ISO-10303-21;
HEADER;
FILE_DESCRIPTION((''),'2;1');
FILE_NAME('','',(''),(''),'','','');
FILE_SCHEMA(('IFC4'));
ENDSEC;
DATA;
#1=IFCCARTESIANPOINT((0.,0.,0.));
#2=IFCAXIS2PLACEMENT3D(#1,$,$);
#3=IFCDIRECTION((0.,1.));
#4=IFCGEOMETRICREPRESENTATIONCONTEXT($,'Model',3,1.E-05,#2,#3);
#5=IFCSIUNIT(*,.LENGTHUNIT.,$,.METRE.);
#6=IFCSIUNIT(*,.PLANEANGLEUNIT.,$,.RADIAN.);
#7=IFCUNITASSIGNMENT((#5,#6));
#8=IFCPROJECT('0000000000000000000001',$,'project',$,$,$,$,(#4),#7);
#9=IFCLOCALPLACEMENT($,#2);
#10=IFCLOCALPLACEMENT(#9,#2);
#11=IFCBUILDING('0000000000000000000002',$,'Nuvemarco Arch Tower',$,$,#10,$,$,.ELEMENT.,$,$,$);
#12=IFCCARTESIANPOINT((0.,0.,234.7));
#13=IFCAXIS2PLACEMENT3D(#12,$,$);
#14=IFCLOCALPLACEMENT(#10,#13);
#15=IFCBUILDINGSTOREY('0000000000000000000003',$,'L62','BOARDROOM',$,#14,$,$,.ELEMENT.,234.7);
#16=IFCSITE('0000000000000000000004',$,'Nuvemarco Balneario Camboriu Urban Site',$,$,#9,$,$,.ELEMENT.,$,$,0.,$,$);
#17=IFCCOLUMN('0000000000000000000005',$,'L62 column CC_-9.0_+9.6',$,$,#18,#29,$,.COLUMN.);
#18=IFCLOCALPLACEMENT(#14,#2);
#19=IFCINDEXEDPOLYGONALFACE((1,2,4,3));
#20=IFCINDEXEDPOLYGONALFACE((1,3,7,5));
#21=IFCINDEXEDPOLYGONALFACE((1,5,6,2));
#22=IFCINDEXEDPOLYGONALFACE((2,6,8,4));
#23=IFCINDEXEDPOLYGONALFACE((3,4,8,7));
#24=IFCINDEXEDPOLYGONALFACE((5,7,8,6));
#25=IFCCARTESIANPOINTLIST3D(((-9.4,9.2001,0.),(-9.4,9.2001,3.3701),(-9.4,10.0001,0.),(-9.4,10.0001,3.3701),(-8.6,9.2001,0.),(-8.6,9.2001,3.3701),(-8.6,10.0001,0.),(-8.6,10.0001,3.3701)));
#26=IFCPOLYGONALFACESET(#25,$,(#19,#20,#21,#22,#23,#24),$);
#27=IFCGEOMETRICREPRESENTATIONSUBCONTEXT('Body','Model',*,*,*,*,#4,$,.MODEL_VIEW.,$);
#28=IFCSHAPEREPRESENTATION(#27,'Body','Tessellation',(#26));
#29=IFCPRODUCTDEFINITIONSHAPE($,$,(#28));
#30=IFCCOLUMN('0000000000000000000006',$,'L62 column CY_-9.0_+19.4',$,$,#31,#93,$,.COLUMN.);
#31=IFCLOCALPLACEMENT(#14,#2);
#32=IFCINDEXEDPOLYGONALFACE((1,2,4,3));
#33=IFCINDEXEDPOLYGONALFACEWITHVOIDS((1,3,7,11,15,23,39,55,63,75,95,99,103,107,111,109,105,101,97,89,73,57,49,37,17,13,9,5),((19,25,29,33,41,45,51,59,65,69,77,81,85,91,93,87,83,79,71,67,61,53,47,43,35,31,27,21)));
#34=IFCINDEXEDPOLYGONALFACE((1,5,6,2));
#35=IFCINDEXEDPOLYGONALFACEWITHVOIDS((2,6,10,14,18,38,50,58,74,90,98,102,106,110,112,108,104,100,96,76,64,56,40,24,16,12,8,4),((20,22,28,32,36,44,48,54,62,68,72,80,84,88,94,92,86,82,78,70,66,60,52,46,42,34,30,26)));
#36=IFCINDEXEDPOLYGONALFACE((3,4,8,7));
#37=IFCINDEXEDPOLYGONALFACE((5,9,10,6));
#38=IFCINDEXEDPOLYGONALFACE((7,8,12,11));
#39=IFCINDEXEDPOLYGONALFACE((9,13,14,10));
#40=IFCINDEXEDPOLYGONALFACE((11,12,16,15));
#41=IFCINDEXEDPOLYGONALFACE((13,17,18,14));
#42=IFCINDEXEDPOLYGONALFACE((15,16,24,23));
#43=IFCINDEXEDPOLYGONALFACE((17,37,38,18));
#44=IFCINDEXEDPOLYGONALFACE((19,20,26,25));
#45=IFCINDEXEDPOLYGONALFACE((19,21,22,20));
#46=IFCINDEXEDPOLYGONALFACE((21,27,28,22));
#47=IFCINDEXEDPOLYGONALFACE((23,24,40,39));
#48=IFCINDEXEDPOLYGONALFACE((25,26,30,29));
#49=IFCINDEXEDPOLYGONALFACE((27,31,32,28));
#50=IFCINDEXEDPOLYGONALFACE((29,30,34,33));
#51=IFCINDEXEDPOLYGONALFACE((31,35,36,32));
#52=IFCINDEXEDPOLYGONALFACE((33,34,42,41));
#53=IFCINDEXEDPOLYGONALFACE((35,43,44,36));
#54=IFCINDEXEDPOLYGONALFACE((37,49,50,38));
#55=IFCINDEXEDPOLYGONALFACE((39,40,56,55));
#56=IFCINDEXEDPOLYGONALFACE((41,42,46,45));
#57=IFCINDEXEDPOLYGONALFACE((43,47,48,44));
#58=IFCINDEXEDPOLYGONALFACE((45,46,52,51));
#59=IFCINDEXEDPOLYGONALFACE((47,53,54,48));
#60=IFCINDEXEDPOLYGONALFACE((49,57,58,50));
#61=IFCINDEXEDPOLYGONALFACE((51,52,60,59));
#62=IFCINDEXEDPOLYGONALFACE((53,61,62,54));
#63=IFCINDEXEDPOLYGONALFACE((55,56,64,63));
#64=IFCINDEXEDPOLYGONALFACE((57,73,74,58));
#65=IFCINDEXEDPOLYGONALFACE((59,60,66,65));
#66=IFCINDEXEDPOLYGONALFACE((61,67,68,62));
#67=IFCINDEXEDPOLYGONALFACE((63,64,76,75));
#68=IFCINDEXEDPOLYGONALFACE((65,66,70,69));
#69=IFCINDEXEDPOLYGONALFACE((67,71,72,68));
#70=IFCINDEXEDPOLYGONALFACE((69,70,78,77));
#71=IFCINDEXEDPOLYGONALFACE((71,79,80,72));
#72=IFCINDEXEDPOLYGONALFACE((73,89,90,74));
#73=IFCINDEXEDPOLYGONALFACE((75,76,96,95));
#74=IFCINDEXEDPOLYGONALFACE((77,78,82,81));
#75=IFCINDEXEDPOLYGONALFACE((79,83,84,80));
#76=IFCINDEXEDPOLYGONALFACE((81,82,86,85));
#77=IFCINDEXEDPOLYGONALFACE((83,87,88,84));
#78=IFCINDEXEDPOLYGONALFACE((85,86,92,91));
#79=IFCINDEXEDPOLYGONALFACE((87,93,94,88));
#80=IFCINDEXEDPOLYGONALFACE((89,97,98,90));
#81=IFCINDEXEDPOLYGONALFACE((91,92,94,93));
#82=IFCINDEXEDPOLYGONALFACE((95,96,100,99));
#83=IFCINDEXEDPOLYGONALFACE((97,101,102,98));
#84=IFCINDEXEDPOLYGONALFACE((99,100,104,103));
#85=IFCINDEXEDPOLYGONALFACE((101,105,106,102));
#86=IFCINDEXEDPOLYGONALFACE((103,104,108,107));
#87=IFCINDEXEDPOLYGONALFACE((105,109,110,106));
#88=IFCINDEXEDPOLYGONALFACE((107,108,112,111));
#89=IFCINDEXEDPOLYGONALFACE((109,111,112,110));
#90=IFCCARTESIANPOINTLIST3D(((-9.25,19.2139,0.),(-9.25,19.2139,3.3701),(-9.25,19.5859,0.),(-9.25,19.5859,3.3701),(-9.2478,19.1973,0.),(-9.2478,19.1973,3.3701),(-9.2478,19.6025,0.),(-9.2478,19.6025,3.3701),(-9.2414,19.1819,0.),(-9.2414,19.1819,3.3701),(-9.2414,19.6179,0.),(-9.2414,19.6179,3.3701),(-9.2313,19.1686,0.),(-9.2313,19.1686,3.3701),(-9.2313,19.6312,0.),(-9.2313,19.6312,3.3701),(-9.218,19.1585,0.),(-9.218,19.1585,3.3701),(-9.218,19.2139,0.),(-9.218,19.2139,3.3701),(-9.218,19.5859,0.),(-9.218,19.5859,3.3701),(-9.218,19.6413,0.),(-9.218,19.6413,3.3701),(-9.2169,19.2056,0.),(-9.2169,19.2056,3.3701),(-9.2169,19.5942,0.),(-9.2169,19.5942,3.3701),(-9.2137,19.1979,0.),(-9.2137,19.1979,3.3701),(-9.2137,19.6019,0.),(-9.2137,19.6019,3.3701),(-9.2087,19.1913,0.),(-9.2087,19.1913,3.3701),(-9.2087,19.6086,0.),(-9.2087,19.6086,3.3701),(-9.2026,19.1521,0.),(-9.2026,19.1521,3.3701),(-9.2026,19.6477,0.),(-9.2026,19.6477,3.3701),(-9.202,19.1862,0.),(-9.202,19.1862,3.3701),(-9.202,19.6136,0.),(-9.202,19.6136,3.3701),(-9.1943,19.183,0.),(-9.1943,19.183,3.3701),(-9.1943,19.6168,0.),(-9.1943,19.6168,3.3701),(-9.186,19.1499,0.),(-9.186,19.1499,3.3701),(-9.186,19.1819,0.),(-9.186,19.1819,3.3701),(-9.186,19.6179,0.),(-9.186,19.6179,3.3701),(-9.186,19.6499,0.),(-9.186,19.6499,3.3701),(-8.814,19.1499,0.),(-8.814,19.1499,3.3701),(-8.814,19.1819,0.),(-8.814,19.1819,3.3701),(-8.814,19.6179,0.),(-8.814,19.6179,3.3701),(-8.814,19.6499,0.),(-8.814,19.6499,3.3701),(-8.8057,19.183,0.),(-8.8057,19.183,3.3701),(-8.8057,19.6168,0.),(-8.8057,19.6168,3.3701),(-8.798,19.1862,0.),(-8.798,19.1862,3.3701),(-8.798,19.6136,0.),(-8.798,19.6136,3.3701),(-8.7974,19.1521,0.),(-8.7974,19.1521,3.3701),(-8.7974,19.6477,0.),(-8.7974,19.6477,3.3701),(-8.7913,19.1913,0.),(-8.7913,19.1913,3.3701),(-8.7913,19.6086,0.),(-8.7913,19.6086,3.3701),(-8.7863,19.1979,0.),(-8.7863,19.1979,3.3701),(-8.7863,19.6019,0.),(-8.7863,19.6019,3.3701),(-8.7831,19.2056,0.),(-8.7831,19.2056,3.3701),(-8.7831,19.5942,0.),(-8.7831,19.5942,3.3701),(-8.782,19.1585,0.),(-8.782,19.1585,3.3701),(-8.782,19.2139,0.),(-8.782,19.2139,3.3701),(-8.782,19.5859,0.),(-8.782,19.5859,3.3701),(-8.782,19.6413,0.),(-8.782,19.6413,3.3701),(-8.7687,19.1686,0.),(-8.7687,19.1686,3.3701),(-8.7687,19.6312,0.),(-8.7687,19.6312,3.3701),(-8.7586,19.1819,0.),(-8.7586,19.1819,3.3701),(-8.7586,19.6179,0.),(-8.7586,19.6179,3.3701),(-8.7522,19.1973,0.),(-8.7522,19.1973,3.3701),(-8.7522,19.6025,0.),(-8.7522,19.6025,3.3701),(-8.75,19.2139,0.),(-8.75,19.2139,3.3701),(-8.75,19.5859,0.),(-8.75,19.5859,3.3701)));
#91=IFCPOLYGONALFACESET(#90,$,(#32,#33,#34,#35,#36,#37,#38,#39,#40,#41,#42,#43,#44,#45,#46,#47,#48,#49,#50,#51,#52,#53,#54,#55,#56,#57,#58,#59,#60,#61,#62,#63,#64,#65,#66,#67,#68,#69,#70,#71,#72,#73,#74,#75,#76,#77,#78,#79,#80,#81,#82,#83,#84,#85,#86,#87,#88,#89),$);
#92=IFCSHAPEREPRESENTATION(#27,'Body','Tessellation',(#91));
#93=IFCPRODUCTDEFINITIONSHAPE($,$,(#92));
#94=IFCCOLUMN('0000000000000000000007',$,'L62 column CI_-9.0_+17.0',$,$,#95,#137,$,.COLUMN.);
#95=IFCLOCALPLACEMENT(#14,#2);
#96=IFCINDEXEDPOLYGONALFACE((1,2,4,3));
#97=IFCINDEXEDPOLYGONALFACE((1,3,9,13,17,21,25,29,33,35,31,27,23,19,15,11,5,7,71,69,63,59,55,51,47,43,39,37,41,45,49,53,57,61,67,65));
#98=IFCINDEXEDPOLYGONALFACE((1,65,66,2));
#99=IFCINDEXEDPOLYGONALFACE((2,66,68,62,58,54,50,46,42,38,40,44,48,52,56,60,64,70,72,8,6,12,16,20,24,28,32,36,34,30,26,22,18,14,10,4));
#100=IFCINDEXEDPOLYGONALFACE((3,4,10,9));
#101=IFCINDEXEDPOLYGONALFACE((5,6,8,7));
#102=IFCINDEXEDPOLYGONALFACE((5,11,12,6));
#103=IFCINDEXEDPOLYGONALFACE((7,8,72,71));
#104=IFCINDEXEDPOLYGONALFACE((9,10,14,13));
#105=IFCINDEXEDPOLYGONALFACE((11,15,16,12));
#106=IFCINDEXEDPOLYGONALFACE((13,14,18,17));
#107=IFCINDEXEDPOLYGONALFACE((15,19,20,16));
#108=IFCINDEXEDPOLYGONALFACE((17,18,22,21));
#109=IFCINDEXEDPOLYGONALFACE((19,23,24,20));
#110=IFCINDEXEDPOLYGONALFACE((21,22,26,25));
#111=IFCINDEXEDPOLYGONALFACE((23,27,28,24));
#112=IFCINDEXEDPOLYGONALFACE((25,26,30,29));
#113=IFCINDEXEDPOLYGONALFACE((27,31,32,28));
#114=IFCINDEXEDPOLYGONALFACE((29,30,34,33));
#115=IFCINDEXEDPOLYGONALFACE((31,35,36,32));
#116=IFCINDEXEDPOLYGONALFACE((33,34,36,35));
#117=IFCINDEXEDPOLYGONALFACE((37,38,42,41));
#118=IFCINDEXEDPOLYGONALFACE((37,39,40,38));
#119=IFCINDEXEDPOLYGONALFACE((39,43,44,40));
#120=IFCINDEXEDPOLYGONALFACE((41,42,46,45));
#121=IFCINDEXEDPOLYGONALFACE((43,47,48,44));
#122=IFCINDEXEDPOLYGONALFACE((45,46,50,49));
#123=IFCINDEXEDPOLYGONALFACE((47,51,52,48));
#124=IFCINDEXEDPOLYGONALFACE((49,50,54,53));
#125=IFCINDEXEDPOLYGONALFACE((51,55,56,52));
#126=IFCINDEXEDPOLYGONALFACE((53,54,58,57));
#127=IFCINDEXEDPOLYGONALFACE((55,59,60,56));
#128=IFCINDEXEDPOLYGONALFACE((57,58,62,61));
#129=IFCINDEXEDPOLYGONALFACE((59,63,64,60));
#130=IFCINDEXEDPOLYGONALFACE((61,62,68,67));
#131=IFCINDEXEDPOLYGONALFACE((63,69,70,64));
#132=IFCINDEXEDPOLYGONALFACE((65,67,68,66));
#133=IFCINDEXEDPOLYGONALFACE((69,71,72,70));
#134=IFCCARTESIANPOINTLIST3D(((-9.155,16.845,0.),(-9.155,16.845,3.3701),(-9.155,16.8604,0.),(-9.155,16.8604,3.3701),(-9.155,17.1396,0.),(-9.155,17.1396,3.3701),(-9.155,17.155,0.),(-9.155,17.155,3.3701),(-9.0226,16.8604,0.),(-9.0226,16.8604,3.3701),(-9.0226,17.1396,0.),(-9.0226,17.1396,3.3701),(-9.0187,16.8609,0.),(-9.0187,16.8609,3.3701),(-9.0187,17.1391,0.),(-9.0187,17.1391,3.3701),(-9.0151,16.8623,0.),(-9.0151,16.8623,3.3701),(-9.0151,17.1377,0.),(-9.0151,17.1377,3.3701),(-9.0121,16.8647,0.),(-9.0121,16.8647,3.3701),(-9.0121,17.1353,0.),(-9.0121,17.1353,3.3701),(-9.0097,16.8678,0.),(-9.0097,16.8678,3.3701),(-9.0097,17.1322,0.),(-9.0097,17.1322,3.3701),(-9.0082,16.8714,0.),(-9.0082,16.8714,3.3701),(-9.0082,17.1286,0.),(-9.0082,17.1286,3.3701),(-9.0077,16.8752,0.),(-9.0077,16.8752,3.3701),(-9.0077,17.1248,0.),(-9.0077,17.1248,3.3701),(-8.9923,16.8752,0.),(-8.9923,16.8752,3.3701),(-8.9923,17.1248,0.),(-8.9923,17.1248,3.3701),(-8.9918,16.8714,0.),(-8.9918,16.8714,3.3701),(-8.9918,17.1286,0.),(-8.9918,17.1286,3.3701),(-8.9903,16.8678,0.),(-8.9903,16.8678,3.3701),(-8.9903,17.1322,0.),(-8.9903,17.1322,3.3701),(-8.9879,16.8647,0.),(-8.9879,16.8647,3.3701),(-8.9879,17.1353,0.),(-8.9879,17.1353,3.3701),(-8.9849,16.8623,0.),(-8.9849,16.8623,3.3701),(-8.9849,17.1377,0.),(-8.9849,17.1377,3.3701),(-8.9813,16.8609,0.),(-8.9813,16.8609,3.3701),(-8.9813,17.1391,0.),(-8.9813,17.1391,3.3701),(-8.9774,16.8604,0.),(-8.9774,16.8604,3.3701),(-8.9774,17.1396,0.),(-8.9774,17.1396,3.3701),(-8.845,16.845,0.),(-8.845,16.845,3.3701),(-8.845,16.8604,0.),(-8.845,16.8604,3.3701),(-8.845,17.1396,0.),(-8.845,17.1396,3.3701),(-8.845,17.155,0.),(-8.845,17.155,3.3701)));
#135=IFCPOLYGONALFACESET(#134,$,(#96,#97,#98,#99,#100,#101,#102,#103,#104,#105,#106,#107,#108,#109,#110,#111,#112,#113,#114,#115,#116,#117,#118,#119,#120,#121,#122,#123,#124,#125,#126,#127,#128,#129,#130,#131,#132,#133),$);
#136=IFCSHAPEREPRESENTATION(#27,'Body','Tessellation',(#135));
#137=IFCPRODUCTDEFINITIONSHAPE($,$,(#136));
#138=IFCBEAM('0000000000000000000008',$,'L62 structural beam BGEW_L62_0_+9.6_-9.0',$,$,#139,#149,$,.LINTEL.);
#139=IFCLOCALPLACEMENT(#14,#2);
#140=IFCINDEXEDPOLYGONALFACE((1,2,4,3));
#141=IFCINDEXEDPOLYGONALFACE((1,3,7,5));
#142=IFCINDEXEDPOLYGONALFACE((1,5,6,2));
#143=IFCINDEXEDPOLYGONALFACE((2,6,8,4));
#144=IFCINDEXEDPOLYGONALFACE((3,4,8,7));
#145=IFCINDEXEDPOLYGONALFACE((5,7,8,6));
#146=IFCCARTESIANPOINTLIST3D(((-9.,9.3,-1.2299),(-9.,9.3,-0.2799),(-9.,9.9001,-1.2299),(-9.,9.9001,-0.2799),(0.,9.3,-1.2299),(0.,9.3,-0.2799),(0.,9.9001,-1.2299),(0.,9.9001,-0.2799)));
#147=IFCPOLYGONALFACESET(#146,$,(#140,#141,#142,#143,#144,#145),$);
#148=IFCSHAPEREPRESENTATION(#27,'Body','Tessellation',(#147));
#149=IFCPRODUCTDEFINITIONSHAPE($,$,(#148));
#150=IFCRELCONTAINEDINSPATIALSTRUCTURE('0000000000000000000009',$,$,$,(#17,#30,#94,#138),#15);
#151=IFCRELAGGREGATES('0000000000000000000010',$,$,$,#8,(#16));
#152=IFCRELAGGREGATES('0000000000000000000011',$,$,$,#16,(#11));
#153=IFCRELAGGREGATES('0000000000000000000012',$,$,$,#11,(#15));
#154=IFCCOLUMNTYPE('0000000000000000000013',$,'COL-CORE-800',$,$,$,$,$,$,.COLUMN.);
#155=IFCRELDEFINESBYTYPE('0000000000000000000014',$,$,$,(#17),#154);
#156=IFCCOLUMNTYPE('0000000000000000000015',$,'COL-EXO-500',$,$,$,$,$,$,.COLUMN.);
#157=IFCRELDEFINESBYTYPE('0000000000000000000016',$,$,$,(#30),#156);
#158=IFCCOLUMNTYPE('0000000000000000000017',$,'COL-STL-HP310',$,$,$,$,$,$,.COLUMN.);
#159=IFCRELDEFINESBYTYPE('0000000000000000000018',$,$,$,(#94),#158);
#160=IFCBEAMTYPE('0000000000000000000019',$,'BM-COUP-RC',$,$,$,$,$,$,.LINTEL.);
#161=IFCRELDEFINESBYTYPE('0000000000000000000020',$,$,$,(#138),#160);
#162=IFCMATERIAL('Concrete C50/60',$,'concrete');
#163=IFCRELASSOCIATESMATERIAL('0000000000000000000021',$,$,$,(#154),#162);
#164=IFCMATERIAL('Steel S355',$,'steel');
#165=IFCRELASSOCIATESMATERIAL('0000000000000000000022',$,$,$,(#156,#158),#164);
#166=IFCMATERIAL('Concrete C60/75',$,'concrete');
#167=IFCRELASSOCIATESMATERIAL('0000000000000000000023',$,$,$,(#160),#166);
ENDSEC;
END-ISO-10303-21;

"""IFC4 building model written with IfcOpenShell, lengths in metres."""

from ifc_helpers import new_model, si_unit, direction, frame, origin, origin_2d, place, context, subcontext, project, spatial, rectangle, hollow_rectangle, i_section, extrude, material, material_profile, profile_set, type_object, element, save


model = new_model("IFC4")

# Units and contexts
model_context = context("Model", 3, precision=1e-05, world=origin(), true_north=direction((0.0, 1.0)))
body_context = subcontext(model_context, "Body", "Model", "MODEL_VIEW")
ifc_project = project(units=[si_unit("LENGTHUNIT", "METRE"), si_unit("PLANEANGLEUNIT", "RADIAN")], contexts=[model_context])

# Site, building, storey
site_placement = place(None, origin())
site = spatial("IfcSite", under=ifc_project, at=site_placement, Name="Nuvemarco Balneario Camboriu Urban Site", CompositionType="ELEMENT", RefElevation=0.0)
building_placement = place(site_placement, origin())
building = spatial("IfcBuilding", under=site, at=building_placement, Name="Nuvemarco Arch Tower", CompositionType="ELEMENT")
storey_placement = place(building_placement, frame((0.0, 0.0, 234.7)))
storey = spatial("IfcBuildingStorey", under=building, at=storey_placement, Name="L62", Description="BOARDROOM", CompositionType="ELEMENT", Elevation=234.7)

# Columns
ifc_material_1 = material(Name="Concrete C50/60", Category="concrete")
ifc_material_profile_1 = material_profile(ifc_material_1, rectangle(XDim=0.8, YDim=0.8, at=origin_2d()), Name="RC-COL-800x800")
ifc_profile_set_1 = profile_set([ifc_material_profile_1], Name="Concrete C50/60")
column_type_1 = type_object("IfcColumnType", Name="COL-CORE-800", PredefinedType="COLUMN", material=ifc_profile_set_1)
column_1_placement = place(storey_placement, frame((-9.0, 9.6001, 0.0), z_axis=(0.0, 0.0, 1.0), x_axis=(1.0, 0.0, 0.0)))
element("IfcColumn", 1, at=column_1_placement, inside=storey, type_object=column_type_1, Name="L62 column CC_-9.0_+9.6", PredefinedType="COLUMN", context=body_context, shape_type="SweptSolid", body=[
    extrude(rectangle(XDim=0.8, YDim=0.8, at=origin_2d()), origin(), (0.0, 0.0, 1.0), 3.3701),
])
ifc_material_2 = material(Name="Steel S355", Category="steel")
ifc_material_profile_2 = material_profile(ifc_material_2, hollow_rectangle(XDim=0.5, YDim=0.5, WallThickness=0.032, InnerFilletRadius=0.032, OuterFilletRadius=0.064, at=origin_2d()), Name="SHS500x500x32")
ifc_profile_set_2 = profile_set([ifc_material_profile_2], Name="Steel S355")
column_type_2 = type_object("IfcColumnType", Name="COL-EXO-500", PredefinedType="COLUMN", material=ifc_profile_set_2)
column_2_placement = place(storey_placement, frame((-9.0, 19.3999, 0.0), z_axis=(0.0, 0.0, 1.0), x_axis=(1.0, 0.0, 0.0)))
element("IfcColumn", 2, at=column_2_placement, inside=storey, type_object=column_type_2, Name="L62 column CY_-9.0_+19.4", PredefinedType="COLUMN", context=body_context, shape_type="SweptSolid", body=[
    extrude(hollow_rectangle(XDim=0.5, YDim=0.5, WallThickness=0.032, InnerFilletRadius=0.032, OuterFilletRadius=0.064, at=origin_2d()), origin(), (0.0, 0.0, 1.0), 3.3701),
])
ifc_material_profile_3 = material_profile(ifc_material_2, i_section(OverallWidth=0.3101, OverallDepth=0.3101, WebThickness=0.0154, FlangeThickness=0.0154, FilletRadius=0.0149, at=origin_2d()), Name="HP310x110")
ifc_profile_set_3 = profile_set([ifc_material_profile_3], Name="Steel S355")
column_type_3 = type_object("IfcColumnType", Name="COL-STL-HP310", PredefinedType="COLUMN", material=ifc_profile_set_3)
column_3_placement = place(storey_placement, frame((-9.0, 17.0, 0.0), z_axis=(0.0, 0.0, 1.0), x_axis=(1.0, 0.0, 0.0)))
element("IfcColumn", 3, at=column_3_placement, inside=storey, type_object=column_type_3, Name="L62 column CI_-9.0_+17.0", PredefinedType="COLUMN", context=body_context, shape_type="SweptSolid", body=[
    extrude(i_section(OverallWidth=0.3101, OverallDepth=0.3101, WebThickness=0.0154, FlangeThickness=0.0154, FilletRadius=0.0149, at=origin_2d()), origin(), (0.0, 0.0, 1.0), 3.3701),
])

# Beam
ifc_material_3 = material(Name="Concrete C60/75", Category="concrete")
ifc_material_profile_4 = material_profile(ifc_material_3, rectangle(XDim=0.6001, YDim=0.95, at=origin_2d()), Name="RC-BM-600x950")
ifc_profile_set_4 = profile_set([ifc_material_profile_4], Name="Concrete C60/75")
beam_type_1 = type_object("IfcBeamType", Name="BM-COUP-RC", PredefinedType="LINTEL", material=ifc_profile_set_4)
beam_1_placement = place(storey_placement, frame((-9.0, 9.6001, -0.7549), z_axis=(1.0, 0.0, 0.0), x_axis=(0.0, 1.0, 0.0)))
element("IfcBeam", 4, at=beam_1_placement, inside=storey, type_object=beam_type_1, Name="L62 structural beam BGEW_L62_0_+9.6_-9.0", PredefinedType="LINTEL", context=body_context, shape_type="SweptSolid", body=[
    extrude(rectangle(XDim=0.6001, YDim=0.95, at=origin_2d()), origin(), (0.0, 0.0, 1.0), 9.0),
])

save(model, "model.ifc")
